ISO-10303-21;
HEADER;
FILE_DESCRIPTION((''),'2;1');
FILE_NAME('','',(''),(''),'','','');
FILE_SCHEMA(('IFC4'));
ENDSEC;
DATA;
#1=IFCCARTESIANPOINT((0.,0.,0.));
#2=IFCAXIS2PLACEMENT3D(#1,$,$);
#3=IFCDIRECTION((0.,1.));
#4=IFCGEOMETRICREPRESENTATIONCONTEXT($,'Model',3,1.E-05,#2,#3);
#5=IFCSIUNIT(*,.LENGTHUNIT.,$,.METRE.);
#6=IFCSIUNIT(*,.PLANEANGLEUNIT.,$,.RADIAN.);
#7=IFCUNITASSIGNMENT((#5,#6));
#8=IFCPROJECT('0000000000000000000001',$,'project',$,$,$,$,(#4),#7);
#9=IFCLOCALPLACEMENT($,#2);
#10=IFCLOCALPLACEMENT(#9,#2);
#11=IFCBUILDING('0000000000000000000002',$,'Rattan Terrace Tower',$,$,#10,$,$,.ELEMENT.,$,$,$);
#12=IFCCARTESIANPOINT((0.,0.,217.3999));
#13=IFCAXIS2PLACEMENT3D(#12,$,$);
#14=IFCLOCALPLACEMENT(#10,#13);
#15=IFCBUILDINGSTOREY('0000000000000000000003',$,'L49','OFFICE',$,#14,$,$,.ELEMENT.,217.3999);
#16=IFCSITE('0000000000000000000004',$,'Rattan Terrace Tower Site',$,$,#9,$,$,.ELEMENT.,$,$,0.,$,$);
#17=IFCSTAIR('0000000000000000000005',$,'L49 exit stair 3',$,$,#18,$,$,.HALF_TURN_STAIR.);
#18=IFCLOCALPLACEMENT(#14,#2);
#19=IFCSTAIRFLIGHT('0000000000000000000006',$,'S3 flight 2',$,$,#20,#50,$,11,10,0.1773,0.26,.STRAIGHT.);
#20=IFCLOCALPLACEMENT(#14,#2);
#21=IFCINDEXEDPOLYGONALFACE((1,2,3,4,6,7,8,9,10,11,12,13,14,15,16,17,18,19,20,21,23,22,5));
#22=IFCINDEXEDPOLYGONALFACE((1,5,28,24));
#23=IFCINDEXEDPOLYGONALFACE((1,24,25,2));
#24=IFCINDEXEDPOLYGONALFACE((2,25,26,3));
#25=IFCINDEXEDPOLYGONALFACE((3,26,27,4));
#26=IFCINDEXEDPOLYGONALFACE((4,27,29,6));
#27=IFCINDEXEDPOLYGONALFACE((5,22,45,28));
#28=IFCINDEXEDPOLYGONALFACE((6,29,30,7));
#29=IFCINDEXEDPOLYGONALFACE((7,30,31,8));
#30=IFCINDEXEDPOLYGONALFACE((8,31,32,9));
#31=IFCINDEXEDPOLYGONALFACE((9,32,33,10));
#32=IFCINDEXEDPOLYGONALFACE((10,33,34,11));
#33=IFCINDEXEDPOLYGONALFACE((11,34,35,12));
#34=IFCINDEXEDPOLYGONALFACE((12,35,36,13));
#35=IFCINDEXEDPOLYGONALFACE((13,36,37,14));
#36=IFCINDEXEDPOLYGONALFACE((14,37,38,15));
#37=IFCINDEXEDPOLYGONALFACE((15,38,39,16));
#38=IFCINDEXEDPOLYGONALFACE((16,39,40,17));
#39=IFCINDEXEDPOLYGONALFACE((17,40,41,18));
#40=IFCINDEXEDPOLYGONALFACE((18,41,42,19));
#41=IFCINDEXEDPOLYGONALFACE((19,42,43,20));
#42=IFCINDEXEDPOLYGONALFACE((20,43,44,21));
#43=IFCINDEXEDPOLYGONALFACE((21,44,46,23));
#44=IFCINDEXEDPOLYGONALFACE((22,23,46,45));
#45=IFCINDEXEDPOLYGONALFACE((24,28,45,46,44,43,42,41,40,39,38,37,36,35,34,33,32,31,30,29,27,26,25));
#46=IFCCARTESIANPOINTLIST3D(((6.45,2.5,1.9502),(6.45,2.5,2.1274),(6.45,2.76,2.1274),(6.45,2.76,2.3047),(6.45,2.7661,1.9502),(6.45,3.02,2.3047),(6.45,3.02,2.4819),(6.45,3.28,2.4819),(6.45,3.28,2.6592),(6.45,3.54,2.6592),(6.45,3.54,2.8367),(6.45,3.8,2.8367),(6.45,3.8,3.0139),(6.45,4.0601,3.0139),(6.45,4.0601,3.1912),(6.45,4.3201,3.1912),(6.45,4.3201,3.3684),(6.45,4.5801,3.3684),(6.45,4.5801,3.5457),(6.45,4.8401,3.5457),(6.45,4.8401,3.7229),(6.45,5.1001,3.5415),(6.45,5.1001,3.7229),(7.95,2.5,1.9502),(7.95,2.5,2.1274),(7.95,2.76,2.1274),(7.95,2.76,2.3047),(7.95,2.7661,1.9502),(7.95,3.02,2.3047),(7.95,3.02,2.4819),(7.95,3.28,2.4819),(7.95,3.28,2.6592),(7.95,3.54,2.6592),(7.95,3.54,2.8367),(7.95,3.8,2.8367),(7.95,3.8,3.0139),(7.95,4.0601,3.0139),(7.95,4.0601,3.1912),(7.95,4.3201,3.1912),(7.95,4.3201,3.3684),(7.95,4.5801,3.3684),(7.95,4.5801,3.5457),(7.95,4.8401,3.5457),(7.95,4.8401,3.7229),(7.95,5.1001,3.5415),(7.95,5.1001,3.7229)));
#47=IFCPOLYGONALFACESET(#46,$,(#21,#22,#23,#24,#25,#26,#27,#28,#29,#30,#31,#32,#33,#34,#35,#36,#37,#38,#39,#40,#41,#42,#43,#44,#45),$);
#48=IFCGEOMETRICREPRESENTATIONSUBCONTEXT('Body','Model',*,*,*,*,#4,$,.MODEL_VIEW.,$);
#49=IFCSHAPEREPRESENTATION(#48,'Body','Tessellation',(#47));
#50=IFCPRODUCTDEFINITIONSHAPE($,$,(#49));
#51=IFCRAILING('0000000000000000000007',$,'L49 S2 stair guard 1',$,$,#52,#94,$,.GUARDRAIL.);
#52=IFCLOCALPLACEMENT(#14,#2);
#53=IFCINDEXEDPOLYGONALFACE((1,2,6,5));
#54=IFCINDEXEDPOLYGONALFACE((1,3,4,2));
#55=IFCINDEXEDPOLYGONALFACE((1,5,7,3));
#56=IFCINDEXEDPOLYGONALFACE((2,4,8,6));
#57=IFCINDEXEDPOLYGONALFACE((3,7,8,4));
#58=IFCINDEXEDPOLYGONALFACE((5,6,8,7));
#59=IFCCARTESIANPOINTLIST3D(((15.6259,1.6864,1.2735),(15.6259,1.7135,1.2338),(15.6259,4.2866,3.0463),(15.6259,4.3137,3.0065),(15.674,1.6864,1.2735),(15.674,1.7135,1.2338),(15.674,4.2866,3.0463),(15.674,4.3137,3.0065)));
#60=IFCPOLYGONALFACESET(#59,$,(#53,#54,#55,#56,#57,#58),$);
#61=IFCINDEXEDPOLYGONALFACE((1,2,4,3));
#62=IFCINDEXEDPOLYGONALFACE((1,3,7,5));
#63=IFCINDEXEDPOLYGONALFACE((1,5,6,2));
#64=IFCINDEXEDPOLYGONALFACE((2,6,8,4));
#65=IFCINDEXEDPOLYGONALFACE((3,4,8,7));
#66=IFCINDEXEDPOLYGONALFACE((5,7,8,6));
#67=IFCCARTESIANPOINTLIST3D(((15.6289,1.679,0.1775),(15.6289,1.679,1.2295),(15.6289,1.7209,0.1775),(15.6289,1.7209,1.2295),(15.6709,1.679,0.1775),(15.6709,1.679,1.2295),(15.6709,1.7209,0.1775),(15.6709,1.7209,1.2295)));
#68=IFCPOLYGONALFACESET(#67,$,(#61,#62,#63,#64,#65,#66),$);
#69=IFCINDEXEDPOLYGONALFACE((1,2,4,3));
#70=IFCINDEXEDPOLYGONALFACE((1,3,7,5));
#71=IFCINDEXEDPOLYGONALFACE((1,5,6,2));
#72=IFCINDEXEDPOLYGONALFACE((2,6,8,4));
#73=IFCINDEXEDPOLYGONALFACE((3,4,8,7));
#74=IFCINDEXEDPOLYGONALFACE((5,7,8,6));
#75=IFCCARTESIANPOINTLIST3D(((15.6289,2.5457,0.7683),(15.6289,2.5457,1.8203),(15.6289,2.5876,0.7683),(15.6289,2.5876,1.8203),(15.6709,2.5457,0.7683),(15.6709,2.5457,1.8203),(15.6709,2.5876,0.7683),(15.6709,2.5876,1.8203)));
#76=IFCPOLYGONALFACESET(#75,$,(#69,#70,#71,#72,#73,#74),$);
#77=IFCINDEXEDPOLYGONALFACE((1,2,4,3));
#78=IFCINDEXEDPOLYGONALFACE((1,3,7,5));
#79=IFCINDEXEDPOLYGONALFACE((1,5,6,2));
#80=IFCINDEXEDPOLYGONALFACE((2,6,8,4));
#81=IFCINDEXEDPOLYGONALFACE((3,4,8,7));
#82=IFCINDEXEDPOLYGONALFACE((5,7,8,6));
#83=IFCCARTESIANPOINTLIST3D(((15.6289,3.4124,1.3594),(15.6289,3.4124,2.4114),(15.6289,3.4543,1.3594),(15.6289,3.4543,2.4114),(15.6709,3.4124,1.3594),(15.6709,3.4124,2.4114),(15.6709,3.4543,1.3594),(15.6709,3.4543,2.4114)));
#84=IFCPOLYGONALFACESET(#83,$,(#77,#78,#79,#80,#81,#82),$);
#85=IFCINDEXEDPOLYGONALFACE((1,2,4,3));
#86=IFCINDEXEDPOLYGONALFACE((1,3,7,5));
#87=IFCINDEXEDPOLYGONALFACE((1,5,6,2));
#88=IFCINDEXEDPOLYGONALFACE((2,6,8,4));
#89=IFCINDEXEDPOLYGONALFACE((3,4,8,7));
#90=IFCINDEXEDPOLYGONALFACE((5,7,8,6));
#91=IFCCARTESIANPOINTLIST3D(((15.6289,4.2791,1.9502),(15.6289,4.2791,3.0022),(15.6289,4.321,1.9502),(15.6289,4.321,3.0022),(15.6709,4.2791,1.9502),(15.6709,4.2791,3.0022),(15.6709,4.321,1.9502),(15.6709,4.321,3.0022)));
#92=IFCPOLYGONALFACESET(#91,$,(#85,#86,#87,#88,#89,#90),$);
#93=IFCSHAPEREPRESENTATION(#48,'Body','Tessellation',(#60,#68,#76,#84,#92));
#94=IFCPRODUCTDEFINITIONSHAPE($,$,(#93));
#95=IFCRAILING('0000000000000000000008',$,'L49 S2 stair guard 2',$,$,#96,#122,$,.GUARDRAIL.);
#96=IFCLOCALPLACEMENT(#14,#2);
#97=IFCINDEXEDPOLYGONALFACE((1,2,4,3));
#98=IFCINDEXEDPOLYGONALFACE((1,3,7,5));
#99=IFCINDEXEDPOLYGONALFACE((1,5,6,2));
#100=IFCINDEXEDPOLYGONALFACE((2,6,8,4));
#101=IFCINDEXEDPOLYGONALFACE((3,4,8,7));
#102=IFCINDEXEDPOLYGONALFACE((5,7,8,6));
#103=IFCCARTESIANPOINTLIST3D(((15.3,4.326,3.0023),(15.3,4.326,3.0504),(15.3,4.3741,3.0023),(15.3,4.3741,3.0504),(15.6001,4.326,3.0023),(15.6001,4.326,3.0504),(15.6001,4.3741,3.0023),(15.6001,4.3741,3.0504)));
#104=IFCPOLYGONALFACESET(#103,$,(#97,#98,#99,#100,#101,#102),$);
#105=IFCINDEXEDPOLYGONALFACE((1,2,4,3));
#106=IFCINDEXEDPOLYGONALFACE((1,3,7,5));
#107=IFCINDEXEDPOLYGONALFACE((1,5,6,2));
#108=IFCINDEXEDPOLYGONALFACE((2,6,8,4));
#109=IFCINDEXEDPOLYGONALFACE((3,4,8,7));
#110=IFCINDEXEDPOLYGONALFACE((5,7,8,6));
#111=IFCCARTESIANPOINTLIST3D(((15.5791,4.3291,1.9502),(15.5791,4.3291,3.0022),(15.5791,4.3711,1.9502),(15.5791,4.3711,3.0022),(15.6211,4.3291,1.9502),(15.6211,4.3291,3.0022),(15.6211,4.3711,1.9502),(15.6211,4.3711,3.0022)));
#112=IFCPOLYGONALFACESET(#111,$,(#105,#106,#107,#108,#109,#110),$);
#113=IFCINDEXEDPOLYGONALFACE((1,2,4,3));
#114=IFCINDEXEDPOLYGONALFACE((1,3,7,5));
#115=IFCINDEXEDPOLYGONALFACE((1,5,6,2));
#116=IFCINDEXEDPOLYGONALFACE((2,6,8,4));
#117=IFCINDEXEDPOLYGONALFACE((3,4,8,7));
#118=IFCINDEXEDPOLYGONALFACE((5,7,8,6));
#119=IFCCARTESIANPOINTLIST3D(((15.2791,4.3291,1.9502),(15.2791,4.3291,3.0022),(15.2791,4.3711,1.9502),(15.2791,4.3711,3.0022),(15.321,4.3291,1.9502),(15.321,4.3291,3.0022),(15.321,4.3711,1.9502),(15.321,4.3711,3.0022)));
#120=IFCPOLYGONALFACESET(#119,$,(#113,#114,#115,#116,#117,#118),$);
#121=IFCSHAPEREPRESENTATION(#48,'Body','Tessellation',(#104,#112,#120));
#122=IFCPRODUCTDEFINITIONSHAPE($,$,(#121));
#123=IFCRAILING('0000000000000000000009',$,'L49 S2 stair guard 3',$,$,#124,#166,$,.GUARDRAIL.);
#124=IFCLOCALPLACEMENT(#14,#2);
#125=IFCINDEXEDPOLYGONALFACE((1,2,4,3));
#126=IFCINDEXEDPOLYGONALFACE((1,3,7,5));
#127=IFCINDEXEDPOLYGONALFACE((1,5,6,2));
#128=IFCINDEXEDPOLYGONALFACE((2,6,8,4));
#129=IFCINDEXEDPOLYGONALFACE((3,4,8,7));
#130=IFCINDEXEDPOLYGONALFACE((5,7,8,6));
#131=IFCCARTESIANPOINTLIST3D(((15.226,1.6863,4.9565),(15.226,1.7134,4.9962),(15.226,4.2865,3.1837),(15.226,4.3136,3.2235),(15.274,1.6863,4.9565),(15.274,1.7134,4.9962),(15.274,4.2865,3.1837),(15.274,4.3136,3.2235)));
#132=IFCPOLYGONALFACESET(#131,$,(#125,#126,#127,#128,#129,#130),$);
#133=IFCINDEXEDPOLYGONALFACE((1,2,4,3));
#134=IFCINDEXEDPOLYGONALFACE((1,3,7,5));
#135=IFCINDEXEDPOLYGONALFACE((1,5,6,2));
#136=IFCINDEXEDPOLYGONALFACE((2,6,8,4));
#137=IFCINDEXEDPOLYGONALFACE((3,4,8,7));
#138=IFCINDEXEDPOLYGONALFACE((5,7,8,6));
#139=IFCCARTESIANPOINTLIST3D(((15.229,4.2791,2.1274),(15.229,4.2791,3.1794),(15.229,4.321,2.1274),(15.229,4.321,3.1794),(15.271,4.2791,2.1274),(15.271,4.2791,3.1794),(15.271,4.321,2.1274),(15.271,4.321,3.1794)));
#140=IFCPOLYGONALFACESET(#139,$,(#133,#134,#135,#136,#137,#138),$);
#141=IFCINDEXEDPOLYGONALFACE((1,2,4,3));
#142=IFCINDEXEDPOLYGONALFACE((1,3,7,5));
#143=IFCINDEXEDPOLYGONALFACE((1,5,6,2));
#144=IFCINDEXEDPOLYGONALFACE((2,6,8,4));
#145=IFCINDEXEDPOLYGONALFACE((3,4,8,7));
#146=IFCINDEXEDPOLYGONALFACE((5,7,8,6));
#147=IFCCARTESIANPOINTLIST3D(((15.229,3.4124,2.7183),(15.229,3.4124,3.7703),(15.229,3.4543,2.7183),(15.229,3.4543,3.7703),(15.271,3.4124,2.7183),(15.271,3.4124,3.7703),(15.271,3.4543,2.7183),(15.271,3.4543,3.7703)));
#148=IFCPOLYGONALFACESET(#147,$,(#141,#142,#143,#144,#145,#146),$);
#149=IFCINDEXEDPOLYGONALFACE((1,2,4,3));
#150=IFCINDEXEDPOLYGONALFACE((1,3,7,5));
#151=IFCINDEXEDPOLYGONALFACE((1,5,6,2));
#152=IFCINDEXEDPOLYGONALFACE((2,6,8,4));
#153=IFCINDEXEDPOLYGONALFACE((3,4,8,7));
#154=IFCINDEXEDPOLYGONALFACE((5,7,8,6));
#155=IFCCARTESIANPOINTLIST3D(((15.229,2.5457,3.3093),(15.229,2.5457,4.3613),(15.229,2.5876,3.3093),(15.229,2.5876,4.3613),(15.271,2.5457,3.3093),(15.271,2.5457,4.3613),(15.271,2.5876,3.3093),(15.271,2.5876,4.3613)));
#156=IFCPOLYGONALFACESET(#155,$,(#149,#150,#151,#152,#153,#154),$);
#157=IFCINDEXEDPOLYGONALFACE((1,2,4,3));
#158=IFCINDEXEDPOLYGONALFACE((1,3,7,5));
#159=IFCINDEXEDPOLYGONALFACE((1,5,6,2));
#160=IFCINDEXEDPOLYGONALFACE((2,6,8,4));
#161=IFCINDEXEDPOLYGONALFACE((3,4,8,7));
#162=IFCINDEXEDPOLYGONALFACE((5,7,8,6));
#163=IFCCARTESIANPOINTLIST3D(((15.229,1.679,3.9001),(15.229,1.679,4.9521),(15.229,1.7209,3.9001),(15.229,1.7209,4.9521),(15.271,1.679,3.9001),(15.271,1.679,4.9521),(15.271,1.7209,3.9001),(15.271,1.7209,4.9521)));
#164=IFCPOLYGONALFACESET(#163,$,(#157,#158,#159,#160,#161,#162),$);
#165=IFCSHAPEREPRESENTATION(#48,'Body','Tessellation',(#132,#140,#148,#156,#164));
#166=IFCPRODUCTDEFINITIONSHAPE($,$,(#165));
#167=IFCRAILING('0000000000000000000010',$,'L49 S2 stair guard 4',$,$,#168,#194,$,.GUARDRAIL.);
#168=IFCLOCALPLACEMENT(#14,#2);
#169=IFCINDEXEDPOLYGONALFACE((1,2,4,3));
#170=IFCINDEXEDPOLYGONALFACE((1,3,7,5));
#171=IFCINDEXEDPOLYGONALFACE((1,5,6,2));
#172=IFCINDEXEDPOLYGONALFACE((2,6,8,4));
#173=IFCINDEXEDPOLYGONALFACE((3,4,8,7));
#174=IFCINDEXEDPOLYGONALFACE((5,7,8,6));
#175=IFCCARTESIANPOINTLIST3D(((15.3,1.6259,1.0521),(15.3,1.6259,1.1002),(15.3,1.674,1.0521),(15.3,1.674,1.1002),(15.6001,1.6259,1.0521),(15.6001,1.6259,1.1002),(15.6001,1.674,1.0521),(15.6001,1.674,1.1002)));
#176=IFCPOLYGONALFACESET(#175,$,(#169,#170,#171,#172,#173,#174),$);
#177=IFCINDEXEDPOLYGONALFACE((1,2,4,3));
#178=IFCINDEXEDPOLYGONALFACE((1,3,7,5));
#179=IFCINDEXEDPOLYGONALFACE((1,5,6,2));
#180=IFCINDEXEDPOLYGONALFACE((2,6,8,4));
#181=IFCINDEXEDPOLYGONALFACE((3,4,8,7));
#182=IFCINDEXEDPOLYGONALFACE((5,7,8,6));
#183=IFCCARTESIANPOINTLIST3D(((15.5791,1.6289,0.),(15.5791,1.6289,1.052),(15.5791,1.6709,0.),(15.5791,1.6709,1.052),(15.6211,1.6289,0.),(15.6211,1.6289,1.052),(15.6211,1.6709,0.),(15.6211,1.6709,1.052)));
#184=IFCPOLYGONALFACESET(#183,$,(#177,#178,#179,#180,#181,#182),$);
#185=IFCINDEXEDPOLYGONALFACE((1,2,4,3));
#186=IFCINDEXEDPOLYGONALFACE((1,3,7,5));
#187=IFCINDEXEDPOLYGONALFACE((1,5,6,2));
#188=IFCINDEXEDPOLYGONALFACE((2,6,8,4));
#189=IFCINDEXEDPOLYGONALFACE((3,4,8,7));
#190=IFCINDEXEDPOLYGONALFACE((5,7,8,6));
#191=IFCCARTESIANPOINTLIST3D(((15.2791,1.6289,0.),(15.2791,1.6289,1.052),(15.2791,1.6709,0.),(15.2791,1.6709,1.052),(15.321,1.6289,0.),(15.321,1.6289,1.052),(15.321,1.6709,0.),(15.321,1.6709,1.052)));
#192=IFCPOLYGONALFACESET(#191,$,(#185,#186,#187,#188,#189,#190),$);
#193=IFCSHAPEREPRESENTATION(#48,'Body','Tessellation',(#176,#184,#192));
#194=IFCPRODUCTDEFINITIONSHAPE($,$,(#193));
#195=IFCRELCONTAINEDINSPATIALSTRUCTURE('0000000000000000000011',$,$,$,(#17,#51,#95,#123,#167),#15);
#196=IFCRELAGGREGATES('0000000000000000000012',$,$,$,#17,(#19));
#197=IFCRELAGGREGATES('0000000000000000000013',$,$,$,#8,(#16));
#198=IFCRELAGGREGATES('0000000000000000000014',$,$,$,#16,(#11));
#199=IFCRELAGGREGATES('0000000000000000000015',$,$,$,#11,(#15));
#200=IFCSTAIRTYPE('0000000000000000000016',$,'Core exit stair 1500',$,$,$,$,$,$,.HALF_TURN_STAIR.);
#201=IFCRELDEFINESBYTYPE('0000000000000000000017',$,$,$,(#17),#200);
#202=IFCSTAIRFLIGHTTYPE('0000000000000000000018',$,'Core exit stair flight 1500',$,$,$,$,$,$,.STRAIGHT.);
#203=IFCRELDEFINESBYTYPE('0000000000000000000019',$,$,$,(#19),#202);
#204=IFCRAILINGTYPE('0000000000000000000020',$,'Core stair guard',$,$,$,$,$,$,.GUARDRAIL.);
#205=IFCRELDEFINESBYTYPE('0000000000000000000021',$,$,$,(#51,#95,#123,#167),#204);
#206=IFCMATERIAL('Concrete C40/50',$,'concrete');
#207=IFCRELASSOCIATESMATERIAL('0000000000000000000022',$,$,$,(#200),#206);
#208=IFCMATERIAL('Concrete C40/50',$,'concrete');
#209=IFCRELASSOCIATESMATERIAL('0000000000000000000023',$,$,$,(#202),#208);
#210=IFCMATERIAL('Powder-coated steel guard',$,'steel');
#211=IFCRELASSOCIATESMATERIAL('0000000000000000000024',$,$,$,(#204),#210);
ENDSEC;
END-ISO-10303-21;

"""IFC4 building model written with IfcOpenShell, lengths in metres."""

from ifc_helpers import new_model, si_unit, direction, frame, origin, origin_2d, place, context, subcontext, project, spatial, polyline, rectangle, outline, extrude, material, type_object, element, aggregate, save


model = new_model("IFC4")

# Units and contexts
model_context = context("Model", 3, precision=1e-05, world=origin(), true_north=direction((0.0, 1.0)))
body_context = subcontext(model_context, "Body", "Model", "MODEL_VIEW")
ifc_project = project(units=[si_unit("LENGTHUNIT", "METRE"), si_unit("PLANEANGLEUNIT", "RADIAN")], contexts=[model_context])

# Site, building, storey
site_placement = place(None, origin())
site = spatial("IfcSite", under=ifc_project, at=site_placement, Name="Rattan Terrace Tower Site", CompositionType="ELEMENT", RefElevation=0.0)
building_placement = place(site_placement, origin())
building = spatial("IfcBuilding", under=site, at=building_placement, Name="Rattan Terrace Tower", CompositionType="ELEMENT")
storey_placement = place(building_placement, frame((0.0, 0.0, 217.3999)))
storey = spatial("IfcBuildingStorey", under=building, at=storey_placement, Name="L49", Description="OFFICE", CompositionType="ELEMENT", Elevation=217.3999)

# Stair, stair flight
ifc_material_1 = material(Name="Concrete C40/50", Category="concrete")
stair_type = type_object("IfcStairType", Name="Core exit stair 1500", PredefinedType="HALF_TURN_STAIR", material=ifc_material_1)
ifc_material_2 = material(Name="Concrete C40/50", Category="concrete")
stair_flight_type = type_object("IfcStairFlightType", Name="Core exit stair flight 1500", PredefinedType="STRAIGHT", material=ifc_material_2)
stair_1_placement = place(storey_placement, origin())
stair_1 = element("IfcStair", 1, at=stair_1_placement, inside=storey, type_object=stair_type, Name="L49 exit stair 3", PredefinedType="HALF_TURN_STAIR")
stair_flight_1_placement = place(storey_placement, frame((7.2, 2.5, 1.9502), z_axis=(0.0, 0.0, 1.0), x_axis=(0.0, 1.0, 0.0)))
stair_flight_1 = element("IfcStairFlight", 2, at=stair_flight_1_placement, type_object=stair_flight_type, Name="S3 flight 2", NumberOfRisers=11, NumberOfTreads=10, PredefinedType="STRAIGHT", RiserHeight=0.1773, TreadLength=0.26, context=body_context, shape_type="SweptSolid", body=[
    extrude(outline(polyline([(0.0, 0.0), (0.0, 0.1772), (0.26, 0.1772), (0.26, 0.3545), (0.52, 0.3545), (0.52, 0.5317), (0.78, 0.5317), (0.78, 0.709), (1.04, 0.709), (1.04, 0.8865), (1.3, 0.8865), (1.3, 1.0637), (1.5601, 1.0637), (1.5601, 1.241), (1.8201, 1.241), (1.8201, 1.4182), (2.0801, 1.4182), (2.0801, 1.5955), (2.3401, 1.5955), (2.3401, 1.7727), (2.6001, 1.7727), (2.6001, 1.95), (2.6001, 1.5913), (0.2661, 0.0), (0.0, 0.0)])), frame((0.0, 0.75, 0.0), z_axis=(0.0, -1.0, 0.0), x_axis=(1.0, 0.0, 0.0)), (0.0, 0.0, 1.0), 1.5),
])
aggregate(stair_1, [stair_flight_1])

# Railings
ifc_material_3 = material(Name="Powder-coated steel guard", Category="steel")
railing_type_1 = type_object("IfcRailingType", Name="Core stair guard", PredefinedType="GUARDRAIL", material=ifc_material_3)
railing_1_placement = place(storey_placement, frame((15.6499, 1.7, 0.1775)))
element("IfcRailing", 3, at=railing_1_placement, inside=storey, type_object=railing_type_1, Name="L49 S2 stair guard 1", PredefinedType="GUARDRAIL", context=body_context, shape_type="SweptSolid", body=[
    extrude(rectangle(XDim=0.0481, YDim=0.0481, at=origin_2d()), frame((0.0, 0.0, 1.0762), z_axis=(0.0, 0.82624, 0.563318), x_axis=(-1.0, 0.0, 0.0)), (0.0, 0.0, 1.0), 3.147),
    extrude(rectangle(XDim=0.042, YDim=0.042, at=origin_2d()), origin(), (0.0, 0.0, 1.0), 1.052),
    extrude(rectangle(XDim=0.042, YDim=0.042, at=origin_2d()), frame((0.0, 0.8667, 0.5908)), (0.0, 0.0, 1.0), 1.052),
    extrude(rectangle(XDim=0.042, YDim=0.042, at=origin_2d()), frame((0.0, 1.7334, 1.1819)), (0.0, 0.0, 1.0), 1.052),
    extrude(rectangle(XDim=0.042, YDim=0.042, at=origin_2d()), frame((0.0, 2.6001, 1.7727)), (0.0, 0.0, 1.0), 1.052),
])
railing_2_placement = place(storey_placement, frame((15.6001, 4.3501, 1.9502)))
element("IfcRailing", 4, at=railing_2_placement, inside=storey, type_object=railing_type_1, Name="L49 S2 stair guard 2", PredefinedType="GUARDRAIL", context=body_context, shape_type="SweptSolid", body=[
    extrude(rectangle(XDim=0.0481, YDim=0.0481, at=origin_2d()), frame((0.0, 0.0, 1.0762), z_axis=(-1.0, 0.0, 0.0), x_axis=(0.0, -1.0, 0.0)), (0.0, 0.0, 1.0), 0.3),
    extrude(rectangle(XDim=0.042, YDim=0.042, at=origin_2d()), origin(), (0.0, 0.0, 1.0), 1.052),
    extrude(rectangle(XDim=0.042, YDim=0.042, at=origin_2d()), frame((-0.3, 0.0, 0.0)), (0.0, 0.0, 1.0), 1.052),
])
railing_3_placement = place(storey_placement, frame((15.25, 4.3, 2.1274)))
element("IfcRailing", 5, at=railing_3_placement, inside=storey, type_object=railing_type_1, Name="L49 S2 stair guard 3", PredefinedType="GUARDRAIL", context=body_context, shape_type="SweptSolid", body=[
    extrude(rectangle(XDim=0.0481, YDim=0.0481, at=origin_2d()), frame((0.0, 0.0, 1.0762), z_axis=(0.0, -0.82624, 0.563318), x_axis=(1.0, 0.0, 0.0)), (0.0, 0.0, 1.0), 3.147),
    extrude(rectangle(XDim=0.042, YDim=0.042, at=origin_2d()), origin(), (0.0, 0.0, 1.0), 1.052),
    extrude(rectangle(XDim=0.042, YDim=0.042, at=origin_2d()), frame((0.0, -0.8667, 0.5908)), (0.0, 0.0, 1.0), 1.052),
    extrude(rectangle(XDim=0.042, YDim=0.042, at=origin_2d()), frame((0.0, -1.7334, 1.1819)), (0.0, 0.0, 1.0), 1.052),
    extrude(rectangle(XDim=0.042, YDim=0.042, at=origin_2d()), frame((0.0, -2.6001, 1.7727)), (0.0, 0.0, 1.0), 1.052),
])
railing_4_placement = place(storey_placement, frame((15.6001, 1.6499, 0.0)))
element("IfcRailing", 6, at=railing_4_placement, inside=storey, type_object=railing_type_1, Name="L49 S2 stair guard 4", PredefinedType="GUARDRAIL", context=body_context, shape_type="SweptSolid", body=[
    extrude(rectangle(XDim=0.0481, YDim=0.0481, at=origin_2d()), frame((0.0, 0.0, 1.0762), z_axis=(-1.0, 0.0, 0.0), x_axis=(0.0, -1.0, 0.0)), (0.0, 0.0, 1.0), 0.3),
    extrude(rectangle(XDim=0.042, YDim=0.042, at=origin_2d()), origin(), (0.0, 0.0, 1.0), 1.052),
    extrude(rectangle(XDim=0.042, YDim=0.042, at=origin_2d()), frame((-0.3, 0.0, 0.0)), (0.0, 0.0, 1.0), 1.052),
])

save(model, "model.ifc")
